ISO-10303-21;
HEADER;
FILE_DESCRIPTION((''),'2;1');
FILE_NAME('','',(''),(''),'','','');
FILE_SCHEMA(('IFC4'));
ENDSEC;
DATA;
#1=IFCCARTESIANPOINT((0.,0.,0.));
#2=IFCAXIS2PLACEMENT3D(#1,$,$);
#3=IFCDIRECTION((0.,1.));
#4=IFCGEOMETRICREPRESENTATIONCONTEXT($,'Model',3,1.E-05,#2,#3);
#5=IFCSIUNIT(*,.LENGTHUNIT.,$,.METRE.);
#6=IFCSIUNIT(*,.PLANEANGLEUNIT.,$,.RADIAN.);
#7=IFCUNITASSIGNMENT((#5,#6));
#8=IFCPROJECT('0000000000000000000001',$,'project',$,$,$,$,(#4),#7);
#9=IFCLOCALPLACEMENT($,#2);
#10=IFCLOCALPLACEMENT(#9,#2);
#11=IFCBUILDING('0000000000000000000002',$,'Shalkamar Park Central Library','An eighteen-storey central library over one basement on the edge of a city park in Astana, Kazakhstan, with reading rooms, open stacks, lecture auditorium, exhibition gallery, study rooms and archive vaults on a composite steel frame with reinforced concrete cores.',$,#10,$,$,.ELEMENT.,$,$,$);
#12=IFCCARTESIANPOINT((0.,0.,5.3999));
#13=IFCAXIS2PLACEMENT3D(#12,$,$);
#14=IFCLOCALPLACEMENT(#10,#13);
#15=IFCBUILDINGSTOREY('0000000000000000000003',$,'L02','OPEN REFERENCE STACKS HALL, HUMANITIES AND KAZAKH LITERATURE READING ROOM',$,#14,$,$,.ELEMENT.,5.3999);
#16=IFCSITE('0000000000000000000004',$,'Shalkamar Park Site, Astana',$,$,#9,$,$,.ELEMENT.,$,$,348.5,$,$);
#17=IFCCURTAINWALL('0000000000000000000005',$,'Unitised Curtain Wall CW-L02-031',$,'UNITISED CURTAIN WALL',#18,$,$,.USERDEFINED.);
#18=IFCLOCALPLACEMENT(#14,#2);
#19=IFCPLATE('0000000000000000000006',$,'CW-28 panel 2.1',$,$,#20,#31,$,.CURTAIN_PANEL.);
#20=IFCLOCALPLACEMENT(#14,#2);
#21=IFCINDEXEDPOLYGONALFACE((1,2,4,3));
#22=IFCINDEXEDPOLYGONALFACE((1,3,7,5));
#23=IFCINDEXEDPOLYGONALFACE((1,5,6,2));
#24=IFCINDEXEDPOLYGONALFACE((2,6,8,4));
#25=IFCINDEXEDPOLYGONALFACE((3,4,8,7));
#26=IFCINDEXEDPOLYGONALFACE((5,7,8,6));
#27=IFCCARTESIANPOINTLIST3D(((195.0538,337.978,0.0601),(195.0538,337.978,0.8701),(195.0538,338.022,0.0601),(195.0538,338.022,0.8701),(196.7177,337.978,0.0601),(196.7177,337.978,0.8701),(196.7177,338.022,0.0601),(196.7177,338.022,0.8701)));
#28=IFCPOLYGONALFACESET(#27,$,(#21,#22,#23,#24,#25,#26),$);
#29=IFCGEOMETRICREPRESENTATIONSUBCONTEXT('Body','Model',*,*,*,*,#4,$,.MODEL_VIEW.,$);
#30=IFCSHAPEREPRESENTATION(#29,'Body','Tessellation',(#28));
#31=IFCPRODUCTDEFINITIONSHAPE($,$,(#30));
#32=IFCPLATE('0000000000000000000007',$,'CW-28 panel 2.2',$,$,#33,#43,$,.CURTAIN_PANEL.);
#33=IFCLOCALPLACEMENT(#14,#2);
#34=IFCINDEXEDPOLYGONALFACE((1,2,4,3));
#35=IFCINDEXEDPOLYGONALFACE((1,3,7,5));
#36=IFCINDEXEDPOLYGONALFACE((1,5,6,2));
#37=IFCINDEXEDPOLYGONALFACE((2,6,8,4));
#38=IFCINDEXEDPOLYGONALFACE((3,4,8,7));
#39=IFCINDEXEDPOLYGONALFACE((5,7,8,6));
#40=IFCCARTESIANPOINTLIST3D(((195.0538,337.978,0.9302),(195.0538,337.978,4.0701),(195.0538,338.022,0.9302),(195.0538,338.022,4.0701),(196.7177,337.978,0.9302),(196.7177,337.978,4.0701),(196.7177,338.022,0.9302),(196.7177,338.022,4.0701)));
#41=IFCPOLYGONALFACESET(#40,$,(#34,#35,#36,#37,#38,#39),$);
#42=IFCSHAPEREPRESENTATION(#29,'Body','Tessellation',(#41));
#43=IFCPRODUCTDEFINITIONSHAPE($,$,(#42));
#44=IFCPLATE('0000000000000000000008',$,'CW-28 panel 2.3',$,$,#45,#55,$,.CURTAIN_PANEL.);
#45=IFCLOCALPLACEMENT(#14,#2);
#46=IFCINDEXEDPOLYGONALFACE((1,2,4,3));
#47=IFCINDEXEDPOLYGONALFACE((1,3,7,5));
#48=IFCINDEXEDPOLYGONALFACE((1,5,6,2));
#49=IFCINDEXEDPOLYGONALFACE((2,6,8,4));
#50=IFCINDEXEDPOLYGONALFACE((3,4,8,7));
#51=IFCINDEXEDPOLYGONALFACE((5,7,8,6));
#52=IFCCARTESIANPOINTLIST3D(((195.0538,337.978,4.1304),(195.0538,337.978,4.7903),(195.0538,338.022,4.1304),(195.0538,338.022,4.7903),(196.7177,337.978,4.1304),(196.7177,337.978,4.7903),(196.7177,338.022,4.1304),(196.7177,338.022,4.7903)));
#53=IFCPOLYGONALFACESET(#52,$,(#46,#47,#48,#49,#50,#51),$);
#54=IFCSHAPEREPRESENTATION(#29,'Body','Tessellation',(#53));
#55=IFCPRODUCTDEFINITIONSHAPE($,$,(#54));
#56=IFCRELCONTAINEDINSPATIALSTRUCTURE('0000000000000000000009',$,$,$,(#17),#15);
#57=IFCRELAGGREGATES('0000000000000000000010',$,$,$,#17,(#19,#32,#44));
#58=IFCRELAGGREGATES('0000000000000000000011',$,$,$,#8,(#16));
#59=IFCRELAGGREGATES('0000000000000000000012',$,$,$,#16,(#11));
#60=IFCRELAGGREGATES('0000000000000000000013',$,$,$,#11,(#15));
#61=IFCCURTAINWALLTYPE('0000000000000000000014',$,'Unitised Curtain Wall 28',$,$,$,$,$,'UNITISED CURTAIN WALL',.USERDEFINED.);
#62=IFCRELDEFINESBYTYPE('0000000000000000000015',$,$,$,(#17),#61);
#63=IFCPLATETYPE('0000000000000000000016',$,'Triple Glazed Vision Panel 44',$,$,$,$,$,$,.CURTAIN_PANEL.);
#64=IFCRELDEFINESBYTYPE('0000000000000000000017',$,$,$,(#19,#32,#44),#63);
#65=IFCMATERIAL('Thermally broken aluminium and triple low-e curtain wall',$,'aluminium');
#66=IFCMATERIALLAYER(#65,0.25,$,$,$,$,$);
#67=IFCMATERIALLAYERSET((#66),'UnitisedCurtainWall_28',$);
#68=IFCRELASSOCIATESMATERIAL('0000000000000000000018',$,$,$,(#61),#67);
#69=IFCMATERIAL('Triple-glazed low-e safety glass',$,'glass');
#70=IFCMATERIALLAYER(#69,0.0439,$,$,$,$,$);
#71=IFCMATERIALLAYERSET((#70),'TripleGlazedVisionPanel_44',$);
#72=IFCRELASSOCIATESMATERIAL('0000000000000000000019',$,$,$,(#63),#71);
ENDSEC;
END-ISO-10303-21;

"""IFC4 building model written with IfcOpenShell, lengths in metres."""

from ifc_helpers import new_model, si_unit, direction, frame, origin, origin_2d, place, context, subcontext, project, spatial, rectangle, extrude, material, layer, layer_set, type_object, element, aggregate, save


model = new_model("IFC4")

# Units and contexts
model_context = context("Model", 3, precision=1e-05, world=origin(), true_north=direction((0.0, 1.0)))
body_context = subcontext(model_context, "Body", "Model", "MODEL_VIEW")
ifc_project = project(units=[si_unit("LENGTHUNIT", "METRE"), si_unit("PLANEANGLEUNIT", "RADIAN")], contexts=[model_context])

# Site, building, storey
site_placement = place(None, origin())
site = spatial("IfcSite", under=ifc_project, at=site_placement, Name="Shalkamar Park Site, Astana", CompositionType="ELEMENT", RefElevation=348.5)
building_placement = place(site_placement, origin())
building = spatial("IfcBuilding", under=site, at=building_placement, Name="Shalkamar Park Central Library", Description="An eighteen-storey central library over one basement on the edge of a city park in Astana, Kazakhstan, with reading rooms, open stacks, lecture auditorium, exhibition gallery, study rooms and archive vaults on a composite steel frame with reinforced concrete cores.", CompositionType="ELEMENT")
storey_placement = place(building_placement, frame((0.0, 0.0, 5.3999)))
storey = spatial("IfcBuildingStorey", under=building, at=storey_placement, Name="L02", Description="OPEN REFERENCE STACKS HALL, HUMANITIES AND KAZAKH LITERATURE READING ROOM", CompositionType="ELEMENT", Elevation=5.3999)

# Curtain wall
ifc_material_1 = material(Name="Thermally broken aluminium and triple low-e curtain wall", Category="aluminium")
ifc_layer_1 = layer(ifc_material_1, 0.25)
ifc_layer_set_1 = layer_set([ifc_layer_1], Name="UnitisedCurtainWall_28")
curtain_wall_type_1 = type_object("IfcCurtainWallType", Name="Unitised Curtain Wall 28", ElementType="UNITISED CURTAIN WALL", PredefinedType="USERDEFINED", material=ifc_layer_set_1)
curtain_wall_1_placement = place(storey_placement, origin())
curtain_wall_1 = element("IfcCurtainWall", 1, at=curtain_wall_1_placement, inside=storey, type_object=curtain_wall_type_1, Name="Unitised Curtain Wall CW-L02-031", ObjectType="UNITISED CURTAIN WALL", PredefinedType="USERDEFINED")

# Plates
ifc_material_2 = material(Name="Triple-glazed low-e safety glass", Category="glass")
ifc_layer_2 = layer(ifc_material_2, 0.0439)
ifc_layer_set_2 = layer_set([ifc_layer_2], Name="TripleGlazedVisionPanel_44")
plate_type_1 = type_object("IfcPlateType", Name="Triple Glazed Vision Panel 44", PredefinedType="CURTAIN_PANEL", material=ifc_layer_set_2)
plate_1_placement = place(storey_placement, frame((195.8857, 338.0, 0.0601), z_axis=(0.0, 0.0, 1.0), x_axis=(1.0, 0.0, 0.0)))
plate_1 = element("IfcPlate", 2, at=plate_1_placement, type_object=plate_type_1, Name="CW-28 panel 2.1", PredefinedType="CURTAIN_PANEL", context=body_context, shape_type="SweptSolid", body=[
    extrude(rectangle(XDim=1.6638, YDim=0.0439, at=origin_2d()), origin(), (0.0, 0.0, 1.0), 0.8101),
])
plate_2_placement = place(storey_placement, frame((195.8857, 338.0, 0.9302), z_axis=(0.0, 0.0, 1.0), x_axis=(1.0, 0.0, 0.0)))
plate_2 = element("IfcPlate", 3, at=plate_2_placement, type_object=plate_type_1, Name="CW-28 panel 2.2", PredefinedType="CURTAIN_PANEL", context=body_context, shape_type="SweptSolid", body=[
    extrude(rectangle(XDim=1.6638, YDim=0.0439, at=origin_2d()), origin(), (0.0, 0.0, 1.0), 3.1399),
])
plate_3_placement = place(storey_placement, frame((195.8857, 338.0, 4.1304), z_axis=(0.0, 0.0, 1.0), x_axis=(1.0, 0.0, 0.0)))
plate_3 = element("IfcPlate", 4, at=plate_3_placement, type_object=plate_type_1, Name="CW-28 panel 2.3", PredefinedType="CURTAIN_PANEL", context=body_context, shape_type="SweptSolid", body=[
    extrude(rectangle(XDim=1.6638, YDim=0.0439, at=origin_2d()), origin(), (0.0, 0.0, 1.0), 0.6599),
])
aggregate(curtain_wall_1, [plate_1, plate_2, plate_3])

save(model, "model.ifc")
